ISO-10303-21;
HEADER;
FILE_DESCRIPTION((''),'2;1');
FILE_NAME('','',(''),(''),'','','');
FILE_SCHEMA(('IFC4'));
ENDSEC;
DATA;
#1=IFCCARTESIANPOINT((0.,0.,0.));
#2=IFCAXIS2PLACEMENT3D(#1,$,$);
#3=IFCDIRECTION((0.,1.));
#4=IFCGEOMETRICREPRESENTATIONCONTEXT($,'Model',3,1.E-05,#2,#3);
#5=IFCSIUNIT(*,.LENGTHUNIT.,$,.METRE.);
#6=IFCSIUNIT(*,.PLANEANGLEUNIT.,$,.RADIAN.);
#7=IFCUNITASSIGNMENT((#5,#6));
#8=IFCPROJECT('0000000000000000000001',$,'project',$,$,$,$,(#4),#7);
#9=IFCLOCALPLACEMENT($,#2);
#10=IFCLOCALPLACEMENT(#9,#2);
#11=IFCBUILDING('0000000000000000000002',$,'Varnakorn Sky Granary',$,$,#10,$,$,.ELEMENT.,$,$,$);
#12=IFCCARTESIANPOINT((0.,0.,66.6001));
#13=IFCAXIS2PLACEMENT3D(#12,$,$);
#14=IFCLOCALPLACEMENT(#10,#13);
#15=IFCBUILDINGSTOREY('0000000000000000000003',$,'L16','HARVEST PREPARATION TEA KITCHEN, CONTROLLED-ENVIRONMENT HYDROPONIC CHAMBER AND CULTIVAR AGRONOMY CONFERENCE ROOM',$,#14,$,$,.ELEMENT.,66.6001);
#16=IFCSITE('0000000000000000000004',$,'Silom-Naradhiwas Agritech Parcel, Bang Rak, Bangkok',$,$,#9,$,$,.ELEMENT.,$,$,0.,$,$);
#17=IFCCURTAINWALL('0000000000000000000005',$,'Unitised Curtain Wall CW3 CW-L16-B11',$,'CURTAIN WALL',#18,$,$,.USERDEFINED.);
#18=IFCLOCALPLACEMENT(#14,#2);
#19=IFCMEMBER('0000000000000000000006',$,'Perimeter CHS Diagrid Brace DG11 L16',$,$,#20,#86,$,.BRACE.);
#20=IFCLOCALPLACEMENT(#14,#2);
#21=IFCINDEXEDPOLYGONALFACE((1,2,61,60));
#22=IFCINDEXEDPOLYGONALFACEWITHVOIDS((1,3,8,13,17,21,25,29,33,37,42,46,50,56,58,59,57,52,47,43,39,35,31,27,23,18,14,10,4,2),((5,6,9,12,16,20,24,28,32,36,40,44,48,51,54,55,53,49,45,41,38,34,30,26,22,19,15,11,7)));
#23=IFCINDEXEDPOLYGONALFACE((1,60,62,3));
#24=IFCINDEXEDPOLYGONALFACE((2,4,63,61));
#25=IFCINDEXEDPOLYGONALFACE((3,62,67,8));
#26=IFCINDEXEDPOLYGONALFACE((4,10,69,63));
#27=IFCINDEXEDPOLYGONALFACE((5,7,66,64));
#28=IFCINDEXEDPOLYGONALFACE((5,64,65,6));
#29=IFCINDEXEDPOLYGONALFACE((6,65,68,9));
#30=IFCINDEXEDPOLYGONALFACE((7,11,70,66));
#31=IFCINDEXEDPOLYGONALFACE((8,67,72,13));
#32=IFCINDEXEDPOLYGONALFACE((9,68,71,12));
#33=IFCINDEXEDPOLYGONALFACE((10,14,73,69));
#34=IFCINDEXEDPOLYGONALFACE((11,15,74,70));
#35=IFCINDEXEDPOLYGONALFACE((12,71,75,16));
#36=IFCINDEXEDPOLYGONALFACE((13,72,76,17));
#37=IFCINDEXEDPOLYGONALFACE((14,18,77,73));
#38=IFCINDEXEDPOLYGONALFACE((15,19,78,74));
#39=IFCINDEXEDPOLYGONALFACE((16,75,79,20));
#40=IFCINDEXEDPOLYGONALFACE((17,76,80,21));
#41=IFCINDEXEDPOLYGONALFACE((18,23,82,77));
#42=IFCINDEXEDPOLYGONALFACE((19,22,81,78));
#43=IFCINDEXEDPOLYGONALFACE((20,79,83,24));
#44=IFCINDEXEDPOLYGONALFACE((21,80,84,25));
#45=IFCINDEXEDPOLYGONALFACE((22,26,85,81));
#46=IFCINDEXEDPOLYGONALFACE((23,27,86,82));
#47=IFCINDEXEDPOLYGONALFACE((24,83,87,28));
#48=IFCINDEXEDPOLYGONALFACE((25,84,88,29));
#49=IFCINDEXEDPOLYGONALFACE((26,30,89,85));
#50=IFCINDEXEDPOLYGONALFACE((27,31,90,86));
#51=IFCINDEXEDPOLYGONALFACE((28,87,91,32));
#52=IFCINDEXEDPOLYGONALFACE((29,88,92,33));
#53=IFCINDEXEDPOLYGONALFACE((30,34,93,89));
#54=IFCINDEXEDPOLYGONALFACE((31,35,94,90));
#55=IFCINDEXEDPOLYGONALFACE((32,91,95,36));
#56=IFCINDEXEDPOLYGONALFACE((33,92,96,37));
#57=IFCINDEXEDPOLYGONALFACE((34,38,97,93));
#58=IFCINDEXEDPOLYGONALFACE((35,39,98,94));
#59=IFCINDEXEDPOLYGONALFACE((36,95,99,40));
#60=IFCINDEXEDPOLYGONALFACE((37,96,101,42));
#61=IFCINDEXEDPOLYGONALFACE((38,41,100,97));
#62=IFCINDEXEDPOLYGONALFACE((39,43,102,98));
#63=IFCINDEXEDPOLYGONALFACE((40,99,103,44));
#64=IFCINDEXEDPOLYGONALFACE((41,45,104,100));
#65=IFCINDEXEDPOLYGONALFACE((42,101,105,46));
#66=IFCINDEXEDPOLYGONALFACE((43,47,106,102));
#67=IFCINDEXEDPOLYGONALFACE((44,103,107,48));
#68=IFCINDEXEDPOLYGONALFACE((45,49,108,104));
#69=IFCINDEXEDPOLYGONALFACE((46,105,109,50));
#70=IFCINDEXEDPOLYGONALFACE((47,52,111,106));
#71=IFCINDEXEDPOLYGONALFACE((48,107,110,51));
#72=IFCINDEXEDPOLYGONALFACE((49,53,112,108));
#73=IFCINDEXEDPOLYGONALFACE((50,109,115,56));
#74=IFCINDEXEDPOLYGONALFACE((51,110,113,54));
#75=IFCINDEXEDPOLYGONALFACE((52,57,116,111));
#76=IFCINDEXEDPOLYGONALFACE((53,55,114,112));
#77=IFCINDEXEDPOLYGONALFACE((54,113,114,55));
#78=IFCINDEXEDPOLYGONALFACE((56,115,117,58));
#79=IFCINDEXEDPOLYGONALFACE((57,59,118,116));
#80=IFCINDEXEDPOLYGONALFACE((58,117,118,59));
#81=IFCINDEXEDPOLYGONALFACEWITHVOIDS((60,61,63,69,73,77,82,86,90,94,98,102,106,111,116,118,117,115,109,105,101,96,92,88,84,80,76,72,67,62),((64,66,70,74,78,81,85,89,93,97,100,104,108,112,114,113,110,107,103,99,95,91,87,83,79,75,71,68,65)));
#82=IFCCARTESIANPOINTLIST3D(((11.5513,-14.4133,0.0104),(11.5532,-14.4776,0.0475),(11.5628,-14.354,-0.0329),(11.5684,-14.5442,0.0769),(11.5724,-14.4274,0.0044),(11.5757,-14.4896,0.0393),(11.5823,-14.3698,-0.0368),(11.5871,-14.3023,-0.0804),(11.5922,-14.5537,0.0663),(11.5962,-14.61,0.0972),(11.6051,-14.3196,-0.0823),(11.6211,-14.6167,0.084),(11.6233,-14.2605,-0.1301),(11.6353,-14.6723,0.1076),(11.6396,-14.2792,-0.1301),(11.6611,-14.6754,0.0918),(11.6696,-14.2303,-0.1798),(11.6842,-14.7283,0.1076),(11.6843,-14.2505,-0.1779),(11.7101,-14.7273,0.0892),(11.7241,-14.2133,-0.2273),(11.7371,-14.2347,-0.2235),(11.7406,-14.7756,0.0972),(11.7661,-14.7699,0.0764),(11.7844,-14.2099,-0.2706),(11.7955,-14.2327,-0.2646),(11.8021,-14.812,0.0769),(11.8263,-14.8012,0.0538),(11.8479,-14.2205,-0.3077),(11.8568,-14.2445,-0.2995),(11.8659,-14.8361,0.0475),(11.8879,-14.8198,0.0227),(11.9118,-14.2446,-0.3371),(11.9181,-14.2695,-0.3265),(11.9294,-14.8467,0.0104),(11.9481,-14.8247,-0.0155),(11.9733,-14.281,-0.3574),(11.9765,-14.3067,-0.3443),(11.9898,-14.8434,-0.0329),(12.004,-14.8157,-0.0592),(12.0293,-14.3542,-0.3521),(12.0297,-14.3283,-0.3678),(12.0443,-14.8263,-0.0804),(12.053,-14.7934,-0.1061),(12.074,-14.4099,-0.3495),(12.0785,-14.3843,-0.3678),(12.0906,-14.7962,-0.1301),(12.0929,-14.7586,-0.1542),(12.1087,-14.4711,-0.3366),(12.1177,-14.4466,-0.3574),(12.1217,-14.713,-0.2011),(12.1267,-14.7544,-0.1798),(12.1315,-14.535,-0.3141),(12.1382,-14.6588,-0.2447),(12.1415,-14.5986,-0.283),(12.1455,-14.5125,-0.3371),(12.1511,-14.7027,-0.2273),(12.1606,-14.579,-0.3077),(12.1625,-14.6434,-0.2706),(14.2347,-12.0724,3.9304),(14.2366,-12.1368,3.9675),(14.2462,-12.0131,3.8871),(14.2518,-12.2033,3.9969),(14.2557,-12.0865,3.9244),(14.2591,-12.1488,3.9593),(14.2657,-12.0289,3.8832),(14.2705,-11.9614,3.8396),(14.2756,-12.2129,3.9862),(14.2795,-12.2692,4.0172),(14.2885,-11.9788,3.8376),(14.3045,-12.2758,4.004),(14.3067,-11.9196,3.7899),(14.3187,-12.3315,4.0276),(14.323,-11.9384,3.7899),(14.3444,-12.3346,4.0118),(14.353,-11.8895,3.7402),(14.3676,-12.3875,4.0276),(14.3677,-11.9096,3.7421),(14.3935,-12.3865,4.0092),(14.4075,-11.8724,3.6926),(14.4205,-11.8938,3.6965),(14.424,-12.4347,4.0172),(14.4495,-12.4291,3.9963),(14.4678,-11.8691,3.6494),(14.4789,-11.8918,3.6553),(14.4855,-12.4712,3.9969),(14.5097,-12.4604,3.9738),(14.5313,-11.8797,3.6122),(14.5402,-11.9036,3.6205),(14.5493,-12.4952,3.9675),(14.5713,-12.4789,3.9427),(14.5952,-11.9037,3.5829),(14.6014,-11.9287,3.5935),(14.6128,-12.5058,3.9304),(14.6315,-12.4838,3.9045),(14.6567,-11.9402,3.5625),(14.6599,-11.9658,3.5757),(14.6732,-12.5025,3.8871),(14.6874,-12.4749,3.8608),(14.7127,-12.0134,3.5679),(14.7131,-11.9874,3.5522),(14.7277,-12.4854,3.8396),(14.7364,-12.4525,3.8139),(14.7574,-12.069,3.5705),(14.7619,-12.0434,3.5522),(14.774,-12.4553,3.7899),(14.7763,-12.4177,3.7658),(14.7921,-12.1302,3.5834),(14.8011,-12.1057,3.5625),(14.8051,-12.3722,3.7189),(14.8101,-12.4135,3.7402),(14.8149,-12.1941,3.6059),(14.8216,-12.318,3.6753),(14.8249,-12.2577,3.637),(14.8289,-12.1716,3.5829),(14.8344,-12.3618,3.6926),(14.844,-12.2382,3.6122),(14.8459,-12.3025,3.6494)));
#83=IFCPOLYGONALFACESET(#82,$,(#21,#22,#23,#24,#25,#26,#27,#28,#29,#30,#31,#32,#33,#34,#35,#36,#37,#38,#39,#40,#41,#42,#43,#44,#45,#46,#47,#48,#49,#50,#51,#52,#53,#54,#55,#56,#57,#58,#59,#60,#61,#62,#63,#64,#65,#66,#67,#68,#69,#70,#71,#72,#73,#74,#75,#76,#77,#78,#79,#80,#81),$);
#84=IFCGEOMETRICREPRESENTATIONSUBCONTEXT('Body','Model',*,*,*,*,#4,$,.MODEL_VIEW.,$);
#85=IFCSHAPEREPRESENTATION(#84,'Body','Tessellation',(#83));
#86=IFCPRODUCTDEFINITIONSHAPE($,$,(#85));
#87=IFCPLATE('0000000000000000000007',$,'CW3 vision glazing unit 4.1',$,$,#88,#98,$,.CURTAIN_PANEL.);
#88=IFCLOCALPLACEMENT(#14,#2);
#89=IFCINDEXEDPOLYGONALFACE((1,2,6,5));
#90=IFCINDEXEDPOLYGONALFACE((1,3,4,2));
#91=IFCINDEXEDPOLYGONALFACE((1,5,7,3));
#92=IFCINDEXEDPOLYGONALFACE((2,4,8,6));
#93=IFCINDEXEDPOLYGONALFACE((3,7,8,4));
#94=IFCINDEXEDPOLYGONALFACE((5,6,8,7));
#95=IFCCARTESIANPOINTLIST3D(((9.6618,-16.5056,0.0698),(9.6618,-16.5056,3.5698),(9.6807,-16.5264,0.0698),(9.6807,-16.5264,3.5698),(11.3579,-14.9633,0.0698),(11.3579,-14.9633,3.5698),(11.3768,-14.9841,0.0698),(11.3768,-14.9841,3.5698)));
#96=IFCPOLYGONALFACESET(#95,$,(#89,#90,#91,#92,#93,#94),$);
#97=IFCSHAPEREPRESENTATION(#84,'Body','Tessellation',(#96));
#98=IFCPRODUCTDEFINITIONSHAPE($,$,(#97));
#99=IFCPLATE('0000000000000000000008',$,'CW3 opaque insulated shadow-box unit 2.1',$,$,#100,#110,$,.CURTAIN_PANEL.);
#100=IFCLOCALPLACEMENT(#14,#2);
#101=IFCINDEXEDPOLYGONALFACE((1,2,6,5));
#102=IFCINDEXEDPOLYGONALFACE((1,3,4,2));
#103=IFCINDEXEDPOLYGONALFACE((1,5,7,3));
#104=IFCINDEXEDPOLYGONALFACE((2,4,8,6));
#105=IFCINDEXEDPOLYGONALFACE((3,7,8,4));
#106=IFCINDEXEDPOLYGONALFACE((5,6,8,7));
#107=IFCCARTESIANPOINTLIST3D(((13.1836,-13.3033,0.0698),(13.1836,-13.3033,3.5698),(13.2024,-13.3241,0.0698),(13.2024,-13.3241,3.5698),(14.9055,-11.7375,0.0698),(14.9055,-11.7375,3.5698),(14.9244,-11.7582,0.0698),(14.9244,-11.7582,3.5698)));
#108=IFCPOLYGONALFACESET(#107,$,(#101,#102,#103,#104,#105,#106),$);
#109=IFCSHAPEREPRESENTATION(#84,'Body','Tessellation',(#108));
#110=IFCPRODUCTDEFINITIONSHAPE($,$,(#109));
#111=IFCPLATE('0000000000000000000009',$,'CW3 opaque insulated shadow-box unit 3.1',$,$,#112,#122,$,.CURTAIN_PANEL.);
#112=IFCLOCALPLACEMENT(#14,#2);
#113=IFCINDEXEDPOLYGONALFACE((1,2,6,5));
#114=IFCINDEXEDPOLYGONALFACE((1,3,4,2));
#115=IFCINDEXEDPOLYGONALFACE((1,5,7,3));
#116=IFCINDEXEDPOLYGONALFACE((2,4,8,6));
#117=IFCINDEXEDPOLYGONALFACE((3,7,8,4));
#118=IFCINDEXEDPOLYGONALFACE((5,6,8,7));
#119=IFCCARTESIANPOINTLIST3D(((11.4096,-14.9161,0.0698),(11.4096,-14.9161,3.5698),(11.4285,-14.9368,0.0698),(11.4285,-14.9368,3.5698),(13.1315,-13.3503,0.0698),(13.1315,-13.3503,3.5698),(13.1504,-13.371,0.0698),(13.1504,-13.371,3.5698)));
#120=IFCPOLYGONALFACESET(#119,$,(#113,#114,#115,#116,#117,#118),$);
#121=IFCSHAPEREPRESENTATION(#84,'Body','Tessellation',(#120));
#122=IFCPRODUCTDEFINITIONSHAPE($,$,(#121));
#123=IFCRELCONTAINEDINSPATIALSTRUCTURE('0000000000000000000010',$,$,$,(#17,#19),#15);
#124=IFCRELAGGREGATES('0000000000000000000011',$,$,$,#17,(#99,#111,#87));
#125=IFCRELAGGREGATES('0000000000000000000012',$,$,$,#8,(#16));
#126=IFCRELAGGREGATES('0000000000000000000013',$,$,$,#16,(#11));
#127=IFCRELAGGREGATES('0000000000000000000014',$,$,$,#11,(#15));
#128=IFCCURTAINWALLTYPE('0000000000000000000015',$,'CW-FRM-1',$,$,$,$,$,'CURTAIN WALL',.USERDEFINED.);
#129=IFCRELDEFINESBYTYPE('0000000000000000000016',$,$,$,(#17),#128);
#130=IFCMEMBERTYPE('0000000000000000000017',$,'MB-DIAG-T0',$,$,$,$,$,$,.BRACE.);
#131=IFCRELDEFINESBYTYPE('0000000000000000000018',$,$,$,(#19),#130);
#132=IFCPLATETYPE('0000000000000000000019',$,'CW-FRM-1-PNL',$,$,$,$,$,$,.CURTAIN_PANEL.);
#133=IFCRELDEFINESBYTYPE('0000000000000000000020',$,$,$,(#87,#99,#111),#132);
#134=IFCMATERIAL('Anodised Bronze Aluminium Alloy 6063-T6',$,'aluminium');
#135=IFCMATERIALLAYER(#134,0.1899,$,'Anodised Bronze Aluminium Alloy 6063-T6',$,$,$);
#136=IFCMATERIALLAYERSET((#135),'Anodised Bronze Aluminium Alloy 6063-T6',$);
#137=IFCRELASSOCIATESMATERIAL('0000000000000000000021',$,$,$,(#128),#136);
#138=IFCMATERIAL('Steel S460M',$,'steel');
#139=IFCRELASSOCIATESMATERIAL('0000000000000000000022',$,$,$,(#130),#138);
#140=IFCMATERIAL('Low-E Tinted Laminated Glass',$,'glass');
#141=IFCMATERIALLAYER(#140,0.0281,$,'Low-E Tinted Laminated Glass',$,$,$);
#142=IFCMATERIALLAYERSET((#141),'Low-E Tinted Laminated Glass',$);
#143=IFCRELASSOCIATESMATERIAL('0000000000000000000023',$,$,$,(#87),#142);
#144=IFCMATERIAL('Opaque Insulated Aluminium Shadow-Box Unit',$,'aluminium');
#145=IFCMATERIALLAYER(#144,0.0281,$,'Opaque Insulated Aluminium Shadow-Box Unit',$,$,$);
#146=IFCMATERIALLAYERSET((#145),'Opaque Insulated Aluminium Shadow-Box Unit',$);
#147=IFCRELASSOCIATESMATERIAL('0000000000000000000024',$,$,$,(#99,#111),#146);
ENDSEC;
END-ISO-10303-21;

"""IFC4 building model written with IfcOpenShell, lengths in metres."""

from ifc_helpers import new_model, si_unit, direction, frame, origin, origin_2d, place, context, subcontext, project, spatial, rectangle, hollow_circle, extrude, source, transform, mapped, material, layer, layer_set, material_profile, profile_set, type_object, type_shapes, element, aggregate, save


model = new_model("IFC4")

# Units and contexts
model_context = context("Model", 3, precision=1e-05, world=origin(), true_north=direction((0.0, 1.0)))
body_context = subcontext(model_context, "Body", "Model", "MODEL_VIEW")
ifc_project = project(units=[si_unit("LENGTHUNIT", "METRE"), si_unit("PLANEANGLEUNIT", "RADIAN")], contexts=[model_context])

# Site, building, storey
site_placement = place(None, origin())
site = spatial("IfcSite", under=ifc_project, at=site_placement, Name="Silom-Naradhiwas Agritech Parcel, Bang Rak, Bangkok", CompositionType="ELEMENT", RefElevation=0.0)
building_placement = place(site_placement, origin())
building = spatial("IfcBuilding", under=site, at=building_placement, Name="Varnakorn Sky Granary", CompositionType="ELEMENT")
storey_placement = place(building_placement, frame((0.0, 0.0, 66.6001)))
storey = spatial("IfcBuildingStorey", under=building, at=storey_placement, Name="L16", Description="HARVEST PREPARATION TEA KITCHEN, CONTROLLED-ENVIRONMENT HYDROPONIC CHAMBER AND CULTIVAR AGRONOMY CONFERENCE ROOM", CompositionType="ELEMENT", Elevation=66.6001)

# Shared definitions
ifc_material_1 = material(Name="Steel S460M", Category="steel")

# Shared definitions
ifc_material_2 = material(Name="Anodised Bronze Aluminium Alloy 6063-T6", Category="aluminium")
ifc_layer_1 = layer(ifc_material_2, 0.1899, Name="Anodised Bronze Aluminium Alloy 6063-T6")
ifc_layer_set_1 = layer_set([ifc_layer_1], Name="Anodised Bronze Aluminium Alloy 6063-T6")
curtain_wall_type = type_object("IfcCurtainWallType", Name="CW-FRM-1", ElementType="CURTAIN WALL", PredefinedType="USERDEFINED", material=ifc_layer_set_1)

# Curtain wall
curtain_wall_1_placement = place(storey_placement, origin())
curtain_wall_1 = element("IfcCurtainWall", 1, at=curtain_wall_1_placement, inside=storey, type_object=curtain_wall_type, Name="Unitised Curtain Wall CW3 CW-L16-B11", ObjectType="CURTAIN WALL", PredefinedType="USERDEFINED")

# Member
ifc_material_profile_1 = material_profile(ifc_material_1, hollow_circle(Radius=0.3555, WallThickness=0.0249, at=origin_2d()), Name="CHS 711x25")
ifc_profile_set_1 = profile_set([ifc_material_profile_1], Name="Steel S460M")
member_type_1 = type_object("IfcMemberType", Name="MB-DIAG-T0", PredefinedType="BRACE", material=ifc_profile_set_1)
member_1_placement = place(storey_placement, frame((11.8569, -14.5283, -0.1301), z_axis=(0.506693, 0.442014, 0.740193), x_axis=(-0.657373, 0.753565, 0.0)))
element("IfcMember", 2, at=member_1_placement, inside=storey, type_object=member_type_1, Name="Perimeter CHS Diagrid Brace DG11 L16", PredefinedType="BRACE", context=body_context, shape_type="SweptSolid", body=[
    extrude(hollow_circle(Radius=0.3555, WallThickness=0.0249, at=origin_2d()), origin(), (0.0, 0.0, 1.0), 5.2959),
])

# Plates
ifc_material_3 = material(Name="Low-E Tinted Laminated Glass", Category="glass")
ifc_layer_2 = layer(ifc_material_3, 0.0281, Name="Low-E Tinted Laminated Glass")
ifc_layer_set_2 = layer_set([ifc_layer_2], Name="Low-E Tinted Laminated Glass")
plate_type = type_object("IfcPlateType", Name="CW-FRM-1-PNL", PredefinedType="CURTAIN_PANEL")
shared_shape_1 = source(origin(), body_context, "Body", "SweptSolid", [
    extrude(rectangle(XDim=2.2925, YDim=0.0281, at=origin_2d()), origin(), (0.0, 0.0, 1.0), 3.5),
])
plate_1_placement = place(storey_placement, frame((10.5193, -15.7449, 0.0698), z_axis=(0.0, 0.0, 1.0), x_axis=(-0.739847, -0.672776, 0.0)))
plate_1 = element("IfcPlate", 3, at=plate_1_placement, type_object=plate_type, material=ifc_layer_set_2, Name="CW3 vision glazing unit 4.1", PredefinedType="CURTAIN_PANEL", context=body_context, shape_type="MappedRepresentation", body=[
    mapped(shared_shape_1, transform((0.0, 0.0, 0.0), x_axis=(1.0, 0.0, 0.0), y_axis=(0.0, 1.0, 0.0), z_axis=(0.0, 0.0, 1.0), scale=1.0)),
])
ifc_material_4 = material(Name="Opaque Insulated Aluminium Shadow-Box Unit", Category="aluminium")
ifc_layer_3 = layer(ifc_material_4, 0.0281, Name="Opaque Insulated Aluminium Shadow-Box Unit")
ifc_layer_set_3 = layer_set([ifc_layer_3], Name="Opaque Insulated Aluminium Shadow-Box Unit")
shared_shape_2 = source(origin(), body_context, "Body", "SweptSolid", [
    extrude(rectangle(XDim=2.3274, YDim=0.0281, at=origin_2d()), origin(), (0.0, 0.0, 1.0), 3.5),
])
type_shapes(plate_type, [shared_shape_1, shared_shape_2])
plate_2_placement = place(storey_placement, frame((14.054, -12.5308, 0.0698), z_axis=(0.0, 0.0, 1.0), x_axis=(-0.739847, -0.672776, 0.0)))
plate_2 = element("IfcPlate", 4, at=plate_2_placement, type_object=plate_type, material=ifc_layer_set_3, Name="CW3 opaque insulated shadow-box unit 2.1", PredefinedType="CURTAIN_PANEL", context=body_context, shape_type="MappedRepresentation", body=[
    mapped(shared_shape_2, transform((0.0, 0.0, 0.0), x_axis=(1.0, 0.0, 0.0), y_axis=(0.0, 1.0, 0.0), z_axis=(0.0, 0.0, 1.0), scale=1.0)),
])
plate_3_placement = place(storey_placement, frame((12.28, -14.1436, 0.0698), z_axis=(0.0, 0.0, 1.0), x_axis=(-0.739847, -0.672776, 0.0)))
plate_3 = element("IfcPlate", 5, at=plate_3_placement, type_object=plate_type, material=ifc_layer_set_3, Name="CW3 opaque insulated shadow-box unit 3.1", PredefinedType="CURTAIN_PANEL", context=body_context, shape_type="MappedRepresentation", body=[
    mapped(shared_shape_2, transform((0.0, 0.0, 0.0), x_axis=(1.0, 0.0, 0.0), y_axis=(0.0, 1.0, 0.0), z_axis=(0.0, 0.0, 1.0), scale=1.0)),
])
aggregate(curtain_wall_1, [plate_2, plate_3, plate_1])

save(model, "model.ifc")
